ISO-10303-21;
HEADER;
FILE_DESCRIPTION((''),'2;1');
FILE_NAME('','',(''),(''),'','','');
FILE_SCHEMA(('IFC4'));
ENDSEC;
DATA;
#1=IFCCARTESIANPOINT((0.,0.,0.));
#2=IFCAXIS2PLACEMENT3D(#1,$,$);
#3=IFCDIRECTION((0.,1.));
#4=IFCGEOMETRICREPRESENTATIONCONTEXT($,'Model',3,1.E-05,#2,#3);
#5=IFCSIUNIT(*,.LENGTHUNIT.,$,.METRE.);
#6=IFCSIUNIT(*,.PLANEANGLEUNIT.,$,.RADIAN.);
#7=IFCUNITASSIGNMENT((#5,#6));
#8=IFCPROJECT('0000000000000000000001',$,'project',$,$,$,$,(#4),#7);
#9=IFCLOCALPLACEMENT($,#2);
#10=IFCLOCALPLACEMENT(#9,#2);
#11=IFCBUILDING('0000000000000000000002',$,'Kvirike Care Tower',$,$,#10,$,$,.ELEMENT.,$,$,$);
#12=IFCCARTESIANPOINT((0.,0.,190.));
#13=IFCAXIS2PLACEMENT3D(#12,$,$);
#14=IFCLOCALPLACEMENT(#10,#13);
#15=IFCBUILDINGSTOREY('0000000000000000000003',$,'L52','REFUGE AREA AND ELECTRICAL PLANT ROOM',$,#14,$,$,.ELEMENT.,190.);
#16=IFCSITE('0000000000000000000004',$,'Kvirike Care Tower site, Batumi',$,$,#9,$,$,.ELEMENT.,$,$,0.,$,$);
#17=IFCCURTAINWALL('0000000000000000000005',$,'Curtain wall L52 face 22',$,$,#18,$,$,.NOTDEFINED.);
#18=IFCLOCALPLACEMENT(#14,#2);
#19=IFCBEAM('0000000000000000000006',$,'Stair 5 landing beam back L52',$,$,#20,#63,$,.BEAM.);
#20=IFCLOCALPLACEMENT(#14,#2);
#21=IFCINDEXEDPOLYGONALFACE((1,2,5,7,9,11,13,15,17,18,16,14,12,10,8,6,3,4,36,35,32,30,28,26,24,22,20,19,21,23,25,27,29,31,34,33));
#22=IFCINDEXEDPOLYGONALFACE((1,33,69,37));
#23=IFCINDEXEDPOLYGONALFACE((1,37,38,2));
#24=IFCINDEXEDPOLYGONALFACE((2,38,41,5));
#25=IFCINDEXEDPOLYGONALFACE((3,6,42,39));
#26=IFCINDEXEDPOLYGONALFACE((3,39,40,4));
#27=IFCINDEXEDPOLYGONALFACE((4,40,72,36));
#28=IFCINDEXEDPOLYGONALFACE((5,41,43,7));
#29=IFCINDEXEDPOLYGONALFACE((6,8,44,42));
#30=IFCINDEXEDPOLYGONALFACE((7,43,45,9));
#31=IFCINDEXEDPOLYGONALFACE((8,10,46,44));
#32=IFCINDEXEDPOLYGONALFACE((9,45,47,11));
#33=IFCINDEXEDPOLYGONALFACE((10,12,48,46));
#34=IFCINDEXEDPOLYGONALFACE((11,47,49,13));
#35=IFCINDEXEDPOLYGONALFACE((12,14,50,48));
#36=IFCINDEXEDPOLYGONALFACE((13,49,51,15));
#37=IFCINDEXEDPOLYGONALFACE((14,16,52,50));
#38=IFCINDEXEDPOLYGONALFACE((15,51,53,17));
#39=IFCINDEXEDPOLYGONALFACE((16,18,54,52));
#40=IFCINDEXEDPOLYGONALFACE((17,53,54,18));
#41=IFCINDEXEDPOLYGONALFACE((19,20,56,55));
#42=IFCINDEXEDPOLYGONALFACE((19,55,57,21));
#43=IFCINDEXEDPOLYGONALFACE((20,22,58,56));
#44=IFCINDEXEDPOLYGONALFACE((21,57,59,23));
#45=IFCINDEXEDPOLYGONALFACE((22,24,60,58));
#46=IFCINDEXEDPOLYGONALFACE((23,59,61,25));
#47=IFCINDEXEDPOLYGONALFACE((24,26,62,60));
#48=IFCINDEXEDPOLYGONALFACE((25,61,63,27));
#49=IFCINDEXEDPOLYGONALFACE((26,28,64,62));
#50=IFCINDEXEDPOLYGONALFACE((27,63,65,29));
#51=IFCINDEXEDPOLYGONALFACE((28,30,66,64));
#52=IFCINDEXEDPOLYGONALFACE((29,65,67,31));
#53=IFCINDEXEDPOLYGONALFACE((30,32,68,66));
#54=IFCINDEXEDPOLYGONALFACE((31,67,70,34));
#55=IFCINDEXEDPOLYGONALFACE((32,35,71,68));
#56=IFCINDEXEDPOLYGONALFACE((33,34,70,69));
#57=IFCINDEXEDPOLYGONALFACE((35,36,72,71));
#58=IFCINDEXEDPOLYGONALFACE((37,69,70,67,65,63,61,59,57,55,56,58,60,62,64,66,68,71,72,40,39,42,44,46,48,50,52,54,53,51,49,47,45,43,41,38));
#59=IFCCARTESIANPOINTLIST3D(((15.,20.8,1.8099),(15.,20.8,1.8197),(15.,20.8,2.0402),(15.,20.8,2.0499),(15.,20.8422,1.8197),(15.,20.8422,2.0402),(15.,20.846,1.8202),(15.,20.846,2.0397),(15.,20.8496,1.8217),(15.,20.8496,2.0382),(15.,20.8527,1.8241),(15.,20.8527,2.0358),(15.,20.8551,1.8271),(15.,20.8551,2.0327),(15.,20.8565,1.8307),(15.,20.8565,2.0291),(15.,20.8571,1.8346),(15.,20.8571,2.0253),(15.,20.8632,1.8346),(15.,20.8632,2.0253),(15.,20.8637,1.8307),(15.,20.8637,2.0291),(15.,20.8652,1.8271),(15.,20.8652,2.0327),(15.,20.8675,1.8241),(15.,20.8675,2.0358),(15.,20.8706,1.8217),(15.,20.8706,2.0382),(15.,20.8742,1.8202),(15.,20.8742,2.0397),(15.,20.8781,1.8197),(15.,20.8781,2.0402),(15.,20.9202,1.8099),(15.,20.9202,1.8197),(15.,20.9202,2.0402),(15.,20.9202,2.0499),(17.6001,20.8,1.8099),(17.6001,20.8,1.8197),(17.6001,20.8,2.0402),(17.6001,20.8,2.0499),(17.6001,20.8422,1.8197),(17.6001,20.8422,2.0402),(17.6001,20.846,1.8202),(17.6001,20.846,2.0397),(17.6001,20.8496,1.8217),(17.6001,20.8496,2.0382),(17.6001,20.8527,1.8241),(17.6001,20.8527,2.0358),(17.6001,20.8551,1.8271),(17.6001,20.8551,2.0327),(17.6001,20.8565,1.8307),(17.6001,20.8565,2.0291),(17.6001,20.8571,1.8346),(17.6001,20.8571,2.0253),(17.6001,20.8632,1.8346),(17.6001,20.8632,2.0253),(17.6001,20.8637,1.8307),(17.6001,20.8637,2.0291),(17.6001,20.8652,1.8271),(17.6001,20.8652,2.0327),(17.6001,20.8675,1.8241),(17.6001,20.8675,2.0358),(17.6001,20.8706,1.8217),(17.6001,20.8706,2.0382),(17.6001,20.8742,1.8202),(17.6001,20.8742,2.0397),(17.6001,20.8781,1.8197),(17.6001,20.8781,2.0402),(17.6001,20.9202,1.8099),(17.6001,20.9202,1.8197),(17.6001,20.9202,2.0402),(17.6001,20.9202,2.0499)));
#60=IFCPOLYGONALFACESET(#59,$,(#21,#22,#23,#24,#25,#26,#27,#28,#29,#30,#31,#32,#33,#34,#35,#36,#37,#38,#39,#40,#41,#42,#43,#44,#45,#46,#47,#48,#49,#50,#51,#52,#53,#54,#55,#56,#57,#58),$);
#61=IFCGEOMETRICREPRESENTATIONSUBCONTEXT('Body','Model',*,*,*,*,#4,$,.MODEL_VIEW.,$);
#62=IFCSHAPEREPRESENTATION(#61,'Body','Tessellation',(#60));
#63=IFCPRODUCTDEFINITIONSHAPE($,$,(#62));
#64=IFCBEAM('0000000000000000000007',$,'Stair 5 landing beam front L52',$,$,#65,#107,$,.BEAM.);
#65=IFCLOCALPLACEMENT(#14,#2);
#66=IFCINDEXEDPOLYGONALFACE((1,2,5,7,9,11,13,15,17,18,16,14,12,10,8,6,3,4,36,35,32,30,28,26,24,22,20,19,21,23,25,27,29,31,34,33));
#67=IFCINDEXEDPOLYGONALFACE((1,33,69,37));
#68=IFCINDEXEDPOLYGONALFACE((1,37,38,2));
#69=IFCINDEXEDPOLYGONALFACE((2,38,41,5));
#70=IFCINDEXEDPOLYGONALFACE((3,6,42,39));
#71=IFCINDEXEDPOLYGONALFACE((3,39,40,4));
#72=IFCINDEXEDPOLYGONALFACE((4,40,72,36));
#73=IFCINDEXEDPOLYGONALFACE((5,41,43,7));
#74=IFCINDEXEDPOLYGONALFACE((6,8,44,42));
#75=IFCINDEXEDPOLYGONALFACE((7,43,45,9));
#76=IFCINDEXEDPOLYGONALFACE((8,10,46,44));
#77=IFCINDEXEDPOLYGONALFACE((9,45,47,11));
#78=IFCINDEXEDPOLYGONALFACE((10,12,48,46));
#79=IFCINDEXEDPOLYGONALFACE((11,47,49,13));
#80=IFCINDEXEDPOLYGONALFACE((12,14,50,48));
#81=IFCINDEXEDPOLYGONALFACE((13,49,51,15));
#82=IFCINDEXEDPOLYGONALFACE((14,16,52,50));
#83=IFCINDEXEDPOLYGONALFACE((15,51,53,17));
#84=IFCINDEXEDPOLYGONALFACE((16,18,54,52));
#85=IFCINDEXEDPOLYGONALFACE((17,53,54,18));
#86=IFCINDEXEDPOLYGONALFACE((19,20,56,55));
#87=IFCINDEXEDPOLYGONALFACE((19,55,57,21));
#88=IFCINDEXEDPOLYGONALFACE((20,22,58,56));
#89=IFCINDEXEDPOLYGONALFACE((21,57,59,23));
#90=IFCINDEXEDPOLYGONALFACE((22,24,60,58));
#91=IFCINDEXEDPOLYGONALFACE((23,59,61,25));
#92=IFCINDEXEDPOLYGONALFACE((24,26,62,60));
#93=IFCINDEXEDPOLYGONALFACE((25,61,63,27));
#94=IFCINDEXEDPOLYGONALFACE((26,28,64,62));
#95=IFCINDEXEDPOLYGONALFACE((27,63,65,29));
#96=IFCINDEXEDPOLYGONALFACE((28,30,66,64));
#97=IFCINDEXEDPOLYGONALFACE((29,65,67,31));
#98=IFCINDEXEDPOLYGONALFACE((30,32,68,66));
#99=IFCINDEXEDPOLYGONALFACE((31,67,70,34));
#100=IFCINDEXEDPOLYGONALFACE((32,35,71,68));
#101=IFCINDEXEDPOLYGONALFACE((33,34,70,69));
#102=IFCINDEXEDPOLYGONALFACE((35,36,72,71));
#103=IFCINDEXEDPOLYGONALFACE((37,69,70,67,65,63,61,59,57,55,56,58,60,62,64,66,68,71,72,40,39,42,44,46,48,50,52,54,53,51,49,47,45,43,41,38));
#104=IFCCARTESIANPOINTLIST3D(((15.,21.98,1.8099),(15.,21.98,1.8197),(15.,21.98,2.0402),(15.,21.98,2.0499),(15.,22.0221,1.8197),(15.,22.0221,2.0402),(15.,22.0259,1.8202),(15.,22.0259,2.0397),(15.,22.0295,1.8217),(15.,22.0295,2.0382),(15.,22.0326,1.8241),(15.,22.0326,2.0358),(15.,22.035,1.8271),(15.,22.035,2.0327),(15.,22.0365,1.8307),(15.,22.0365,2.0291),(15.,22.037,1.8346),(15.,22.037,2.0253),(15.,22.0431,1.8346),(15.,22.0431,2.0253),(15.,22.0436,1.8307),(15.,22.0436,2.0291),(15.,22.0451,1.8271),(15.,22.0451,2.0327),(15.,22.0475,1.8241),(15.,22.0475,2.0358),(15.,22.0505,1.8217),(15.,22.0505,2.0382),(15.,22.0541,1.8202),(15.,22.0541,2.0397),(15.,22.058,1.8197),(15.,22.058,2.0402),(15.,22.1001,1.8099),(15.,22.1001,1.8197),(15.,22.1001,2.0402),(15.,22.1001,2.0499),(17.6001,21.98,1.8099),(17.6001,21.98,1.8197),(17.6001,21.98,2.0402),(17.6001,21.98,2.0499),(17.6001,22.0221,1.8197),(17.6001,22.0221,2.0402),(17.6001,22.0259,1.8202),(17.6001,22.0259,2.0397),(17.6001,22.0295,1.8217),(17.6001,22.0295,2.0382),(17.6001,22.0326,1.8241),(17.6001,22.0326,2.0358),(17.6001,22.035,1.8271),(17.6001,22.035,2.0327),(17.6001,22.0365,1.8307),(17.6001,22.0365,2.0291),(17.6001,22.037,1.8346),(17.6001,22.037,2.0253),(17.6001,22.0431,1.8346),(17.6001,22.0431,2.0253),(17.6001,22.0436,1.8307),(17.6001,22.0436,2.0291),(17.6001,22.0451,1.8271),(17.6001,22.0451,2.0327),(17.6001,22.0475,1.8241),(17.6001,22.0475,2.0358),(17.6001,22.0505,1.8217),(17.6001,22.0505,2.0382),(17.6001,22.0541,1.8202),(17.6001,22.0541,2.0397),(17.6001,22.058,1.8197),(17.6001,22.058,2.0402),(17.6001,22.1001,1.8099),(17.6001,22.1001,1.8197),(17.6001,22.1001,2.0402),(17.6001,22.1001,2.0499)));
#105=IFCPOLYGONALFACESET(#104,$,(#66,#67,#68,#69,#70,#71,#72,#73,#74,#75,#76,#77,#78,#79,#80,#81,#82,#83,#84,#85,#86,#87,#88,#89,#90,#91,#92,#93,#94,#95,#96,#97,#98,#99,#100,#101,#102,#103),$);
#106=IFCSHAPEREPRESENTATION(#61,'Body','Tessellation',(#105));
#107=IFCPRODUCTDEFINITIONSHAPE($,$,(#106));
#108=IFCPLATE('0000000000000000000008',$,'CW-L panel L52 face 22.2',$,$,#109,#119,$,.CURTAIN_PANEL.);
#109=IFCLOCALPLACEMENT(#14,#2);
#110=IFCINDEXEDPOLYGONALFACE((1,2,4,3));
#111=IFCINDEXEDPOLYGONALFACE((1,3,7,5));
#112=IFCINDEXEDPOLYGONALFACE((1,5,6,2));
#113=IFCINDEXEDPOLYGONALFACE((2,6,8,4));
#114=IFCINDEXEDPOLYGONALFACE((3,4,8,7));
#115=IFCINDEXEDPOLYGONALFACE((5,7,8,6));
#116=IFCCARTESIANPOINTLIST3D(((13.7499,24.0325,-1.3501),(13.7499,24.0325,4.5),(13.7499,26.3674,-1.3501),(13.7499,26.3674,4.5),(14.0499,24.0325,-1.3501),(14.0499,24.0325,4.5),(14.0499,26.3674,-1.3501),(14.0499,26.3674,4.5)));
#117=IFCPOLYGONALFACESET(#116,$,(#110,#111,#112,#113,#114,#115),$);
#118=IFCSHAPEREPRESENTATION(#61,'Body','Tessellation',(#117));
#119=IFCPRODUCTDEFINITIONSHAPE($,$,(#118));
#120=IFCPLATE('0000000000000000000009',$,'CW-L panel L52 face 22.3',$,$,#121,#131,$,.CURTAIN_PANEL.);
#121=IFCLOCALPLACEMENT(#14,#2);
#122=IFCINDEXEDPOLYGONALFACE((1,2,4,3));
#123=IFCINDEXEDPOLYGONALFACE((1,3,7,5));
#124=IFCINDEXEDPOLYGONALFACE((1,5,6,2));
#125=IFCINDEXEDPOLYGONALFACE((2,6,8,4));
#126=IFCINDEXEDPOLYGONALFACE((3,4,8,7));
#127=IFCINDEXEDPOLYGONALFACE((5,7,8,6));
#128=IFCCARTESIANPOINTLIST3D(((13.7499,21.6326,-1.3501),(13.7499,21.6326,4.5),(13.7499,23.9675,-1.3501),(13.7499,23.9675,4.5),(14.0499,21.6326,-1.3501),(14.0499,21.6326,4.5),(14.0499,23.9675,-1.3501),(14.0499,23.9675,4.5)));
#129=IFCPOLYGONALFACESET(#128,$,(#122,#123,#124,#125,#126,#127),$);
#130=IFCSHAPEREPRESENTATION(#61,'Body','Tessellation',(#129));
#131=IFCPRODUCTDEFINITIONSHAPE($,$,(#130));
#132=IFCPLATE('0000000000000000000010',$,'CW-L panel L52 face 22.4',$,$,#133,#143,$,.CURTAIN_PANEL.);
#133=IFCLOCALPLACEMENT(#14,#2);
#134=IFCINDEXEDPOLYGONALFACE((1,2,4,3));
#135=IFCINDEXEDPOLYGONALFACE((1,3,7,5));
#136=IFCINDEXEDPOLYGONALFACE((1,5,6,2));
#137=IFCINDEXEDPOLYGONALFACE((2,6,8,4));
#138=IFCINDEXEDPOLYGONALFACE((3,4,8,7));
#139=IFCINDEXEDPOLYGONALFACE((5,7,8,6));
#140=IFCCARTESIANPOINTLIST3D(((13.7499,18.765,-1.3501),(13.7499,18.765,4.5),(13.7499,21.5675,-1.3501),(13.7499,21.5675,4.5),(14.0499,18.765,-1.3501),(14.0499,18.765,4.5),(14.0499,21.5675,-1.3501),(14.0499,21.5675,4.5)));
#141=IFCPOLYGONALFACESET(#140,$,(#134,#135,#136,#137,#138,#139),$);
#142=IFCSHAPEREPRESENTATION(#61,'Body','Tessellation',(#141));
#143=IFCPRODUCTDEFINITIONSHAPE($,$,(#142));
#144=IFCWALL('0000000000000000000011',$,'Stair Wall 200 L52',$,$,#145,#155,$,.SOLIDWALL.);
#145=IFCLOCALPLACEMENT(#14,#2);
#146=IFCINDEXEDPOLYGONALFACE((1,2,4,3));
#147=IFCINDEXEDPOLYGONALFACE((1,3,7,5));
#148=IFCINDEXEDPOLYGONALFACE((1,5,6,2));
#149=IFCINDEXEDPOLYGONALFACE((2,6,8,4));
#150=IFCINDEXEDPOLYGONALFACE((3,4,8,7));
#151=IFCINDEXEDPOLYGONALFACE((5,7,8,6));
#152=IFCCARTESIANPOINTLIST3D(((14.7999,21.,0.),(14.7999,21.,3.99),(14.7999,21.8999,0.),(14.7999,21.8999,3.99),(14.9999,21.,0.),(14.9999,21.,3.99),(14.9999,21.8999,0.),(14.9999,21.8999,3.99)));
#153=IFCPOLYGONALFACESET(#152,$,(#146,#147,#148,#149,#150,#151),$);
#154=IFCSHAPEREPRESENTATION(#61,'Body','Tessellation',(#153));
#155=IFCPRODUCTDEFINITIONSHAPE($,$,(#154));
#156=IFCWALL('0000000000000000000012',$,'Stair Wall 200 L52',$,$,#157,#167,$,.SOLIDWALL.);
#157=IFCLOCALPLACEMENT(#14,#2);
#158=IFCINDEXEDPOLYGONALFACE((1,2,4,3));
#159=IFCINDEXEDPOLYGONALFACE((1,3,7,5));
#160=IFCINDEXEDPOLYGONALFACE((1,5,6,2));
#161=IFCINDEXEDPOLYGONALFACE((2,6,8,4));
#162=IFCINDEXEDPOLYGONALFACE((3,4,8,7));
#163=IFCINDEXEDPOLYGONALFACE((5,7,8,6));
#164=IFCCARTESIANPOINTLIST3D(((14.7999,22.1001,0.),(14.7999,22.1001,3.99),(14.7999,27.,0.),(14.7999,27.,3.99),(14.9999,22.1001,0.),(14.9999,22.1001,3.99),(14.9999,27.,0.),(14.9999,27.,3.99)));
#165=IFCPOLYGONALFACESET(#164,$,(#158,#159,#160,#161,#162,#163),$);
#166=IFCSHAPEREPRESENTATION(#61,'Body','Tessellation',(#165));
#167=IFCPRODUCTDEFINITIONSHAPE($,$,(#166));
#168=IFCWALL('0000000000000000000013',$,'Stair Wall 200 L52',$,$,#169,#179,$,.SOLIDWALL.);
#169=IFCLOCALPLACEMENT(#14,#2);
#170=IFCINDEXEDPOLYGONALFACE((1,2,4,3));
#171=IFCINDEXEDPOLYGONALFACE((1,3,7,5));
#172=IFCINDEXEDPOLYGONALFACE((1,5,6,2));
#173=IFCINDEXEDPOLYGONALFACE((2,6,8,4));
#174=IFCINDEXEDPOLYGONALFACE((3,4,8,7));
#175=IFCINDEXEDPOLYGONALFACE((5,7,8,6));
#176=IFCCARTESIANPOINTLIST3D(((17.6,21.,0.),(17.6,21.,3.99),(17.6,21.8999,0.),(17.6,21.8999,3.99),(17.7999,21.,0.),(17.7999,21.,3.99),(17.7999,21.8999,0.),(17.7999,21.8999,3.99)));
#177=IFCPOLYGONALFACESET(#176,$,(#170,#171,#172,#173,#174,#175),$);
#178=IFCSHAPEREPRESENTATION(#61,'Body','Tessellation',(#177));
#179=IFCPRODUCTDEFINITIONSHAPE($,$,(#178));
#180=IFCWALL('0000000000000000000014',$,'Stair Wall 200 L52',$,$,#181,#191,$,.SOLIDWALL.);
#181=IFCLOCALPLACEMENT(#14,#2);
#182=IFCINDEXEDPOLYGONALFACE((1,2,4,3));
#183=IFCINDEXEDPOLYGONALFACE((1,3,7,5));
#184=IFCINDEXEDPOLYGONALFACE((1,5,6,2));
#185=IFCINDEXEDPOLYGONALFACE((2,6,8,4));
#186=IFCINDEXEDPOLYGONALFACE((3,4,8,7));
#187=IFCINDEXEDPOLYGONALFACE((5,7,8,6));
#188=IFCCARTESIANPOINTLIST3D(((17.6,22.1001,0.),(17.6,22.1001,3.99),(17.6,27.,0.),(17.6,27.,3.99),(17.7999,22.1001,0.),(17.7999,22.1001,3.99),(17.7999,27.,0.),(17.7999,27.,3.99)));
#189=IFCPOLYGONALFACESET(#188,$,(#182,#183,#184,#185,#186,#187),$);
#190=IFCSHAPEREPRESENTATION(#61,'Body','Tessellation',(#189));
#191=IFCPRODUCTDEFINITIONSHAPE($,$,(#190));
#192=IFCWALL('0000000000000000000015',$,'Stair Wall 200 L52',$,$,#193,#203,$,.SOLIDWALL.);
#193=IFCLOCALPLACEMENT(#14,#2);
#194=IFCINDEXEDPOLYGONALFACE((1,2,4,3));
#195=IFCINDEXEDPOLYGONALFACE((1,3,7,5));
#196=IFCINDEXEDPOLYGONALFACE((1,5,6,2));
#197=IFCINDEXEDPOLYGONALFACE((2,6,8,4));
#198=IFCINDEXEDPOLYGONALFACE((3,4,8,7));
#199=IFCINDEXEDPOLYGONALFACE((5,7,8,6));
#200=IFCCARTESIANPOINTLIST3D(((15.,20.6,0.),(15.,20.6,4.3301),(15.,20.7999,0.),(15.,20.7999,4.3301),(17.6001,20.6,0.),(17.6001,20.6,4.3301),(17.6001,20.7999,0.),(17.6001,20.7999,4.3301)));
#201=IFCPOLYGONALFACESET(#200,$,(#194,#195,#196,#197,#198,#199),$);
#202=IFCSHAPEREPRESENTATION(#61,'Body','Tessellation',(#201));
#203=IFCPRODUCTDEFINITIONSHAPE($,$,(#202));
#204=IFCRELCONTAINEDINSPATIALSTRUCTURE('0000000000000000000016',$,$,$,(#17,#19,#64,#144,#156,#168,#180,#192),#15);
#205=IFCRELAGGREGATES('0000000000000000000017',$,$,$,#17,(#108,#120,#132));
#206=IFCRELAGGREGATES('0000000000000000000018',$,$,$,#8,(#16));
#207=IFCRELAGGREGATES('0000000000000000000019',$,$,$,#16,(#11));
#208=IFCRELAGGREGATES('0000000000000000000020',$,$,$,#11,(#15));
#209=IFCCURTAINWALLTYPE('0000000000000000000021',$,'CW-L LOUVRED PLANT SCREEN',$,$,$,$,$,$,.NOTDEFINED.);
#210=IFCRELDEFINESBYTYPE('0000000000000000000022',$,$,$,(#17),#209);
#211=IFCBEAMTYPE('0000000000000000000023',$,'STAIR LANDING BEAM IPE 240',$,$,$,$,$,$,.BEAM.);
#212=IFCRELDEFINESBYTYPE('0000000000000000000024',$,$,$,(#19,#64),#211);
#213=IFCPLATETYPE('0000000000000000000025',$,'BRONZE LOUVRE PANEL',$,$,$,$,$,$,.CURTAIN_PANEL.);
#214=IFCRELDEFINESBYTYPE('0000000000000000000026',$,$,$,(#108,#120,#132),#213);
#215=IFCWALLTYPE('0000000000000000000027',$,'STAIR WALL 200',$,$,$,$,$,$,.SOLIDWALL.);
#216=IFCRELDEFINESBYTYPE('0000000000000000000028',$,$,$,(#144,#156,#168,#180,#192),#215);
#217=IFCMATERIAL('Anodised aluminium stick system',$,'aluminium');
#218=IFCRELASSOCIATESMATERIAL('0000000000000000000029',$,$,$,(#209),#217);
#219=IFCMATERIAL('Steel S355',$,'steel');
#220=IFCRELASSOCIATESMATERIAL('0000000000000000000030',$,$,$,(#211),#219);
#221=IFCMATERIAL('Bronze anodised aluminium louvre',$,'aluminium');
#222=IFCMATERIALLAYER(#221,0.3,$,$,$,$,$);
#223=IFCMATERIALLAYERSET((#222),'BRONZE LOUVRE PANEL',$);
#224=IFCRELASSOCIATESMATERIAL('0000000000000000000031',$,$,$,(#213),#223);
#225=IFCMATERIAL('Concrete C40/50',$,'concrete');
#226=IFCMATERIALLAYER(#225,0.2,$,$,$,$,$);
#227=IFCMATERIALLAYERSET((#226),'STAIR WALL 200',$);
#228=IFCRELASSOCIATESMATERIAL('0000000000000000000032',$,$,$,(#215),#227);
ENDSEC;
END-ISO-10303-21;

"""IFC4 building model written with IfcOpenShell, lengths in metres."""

from ifc_helpers import new_model, si_unit, direction, frame, frame_2d, origin, origin_2d, place, context, subcontext, project, spatial, rectangle, i_section, extrude, material, layer, layer_set, material_profile, profile_set, type_object, element, aggregate, save


model = new_model("IFC4")

# Units and contexts
model_context = context("Model", 3, precision=1e-05, world=origin(), true_north=direction((0.0, 1.0)))
body_context = subcontext(model_context, "Body", "Model", "MODEL_VIEW")
ifc_project = project(units=[si_unit("LENGTHUNIT", "METRE"), si_unit("PLANEANGLEUNIT", "RADIAN")], contexts=[model_context])

# Site, building, storey
site_placement = place(None, origin())
site = spatial("IfcSite", under=ifc_project, at=site_placement, Name="Kvirike Care Tower site, Batumi", CompositionType="ELEMENT", RefElevation=0.0)
building_placement = place(site_placement, origin())
building = spatial("IfcBuilding", under=site, at=building_placement, Name="Kvirike Care Tower", CompositionType="ELEMENT")
storey_placement = place(building_placement, frame((0.0, 0.0, 190.0)))
storey = spatial("IfcBuildingStorey", under=building, at=storey_placement, Name="L52", Description="REFUGE AREA AND ELECTRICAL PLANT ROOM", CompositionType="ELEMENT", Elevation=190.0)

# Curtain wall
ifc_material_1 = material(Name="Anodised aluminium stick system", Category="aluminium")
curtain_wall_type = type_object("IfcCurtainWallType", Name="CW-L LOUVRED PLANT SCREEN", PredefinedType="NOTDEFINED", material=ifc_material_1)
curtain_wall_placement = place(storey_placement, origin())
curtain_wall = element("IfcCurtainWall", 1, at=curtain_wall_placement, inside=storey, type_object=curtain_wall_type, Name="Curtain wall L52 face 22", PredefinedType="NOTDEFINED")

# Beams
ifc_material_2 = material(Name="Steel S355", Category="steel")
ifc_material_profile_1 = material_profile(ifc_material_2, i_section(OverallWidth=0.1201, OverallDepth=0.24, WebThickness=0.0061, FlangeThickness=0.0098, FilletRadius=0.0149, at=origin_2d()), Name="IPE 240")
ifc_profile_set_1 = profile_set([ifc_material_profile_1], Name="Steel S355")
beam_type_1 = type_object("IfcBeamType", Name="STAIR LANDING BEAM IPE 240", PredefinedType="BEAM", material=ifc_profile_set_1)
for number, where, z_axis, x_axis, name in (
    (2, (15.0, 20.8601, 1.9299), (1.0, 0.0, 0.0), (0.0, 1.0, 0.0), "Stair 5 landing beam back L52"),
    (3, (15.0, 22.04, 1.9299), (1.0, 0.0, 0.0), (0.0, 1.0, 0.0), "Stair 5 landing beam front L52"),
):
    element("IfcBeam", number, at=place(storey_placement, frame(where, z_axis=z_axis, x_axis=x_axis)), inside=storey, type_object=beam_type_1, Name=name, PredefinedType="BEAM", context=body_context, shape_type="SweptSolid", body=[
        extrude(i_section(OverallWidth=0.1201, OverallDepth=0.24, WebThickness=0.0061, FlangeThickness=0.0098, FilletRadius=0.0149, at=origin_2d()), origin(), (0.0, 0.0, 1.0), 2.6001),
    ])

# Plates
ifc_material_3 = material(Name="Bronze anodised aluminium louvre", Category="aluminium")
ifc_layer_1 = layer(ifc_material_3, 0.3)
ifc_layer_set_1 = layer_set([ifc_layer_1], Name="BRONZE LOUVRE PANEL")
plate_type = type_object("IfcPlateType", Name="BRONZE LOUVRE PANEL", PredefinedType="CURTAIN_PANEL", material=ifc_layer_set_1)
plate_1_placement = place(storey_placement, frame((13.8999, 25.2, -1.3501), z_axis=(0.0, 0.0, 1.0), x_axis=(0.0, -1.0, 0.0)))
plate_1 = element("IfcPlate", 4, at=plate_1_placement, type_object=plate_type, Name="CW-L panel L52 face 22.2", PredefinedType="CURTAIN_PANEL", context=body_context, shape_type="SweptSolid", body=[
    extrude(rectangle(XDim=2.335, YDim=0.3, at=origin_2d()), origin(), (0.0, 0.0, 1.0), 5.8501),
])
plate_2_placement = place(storey_placement, frame((13.8999, 22.8, -1.3501), z_axis=(0.0, 0.0, 1.0), x_axis=(0.0, -1.0, 0.0)))
plate_2 = element("IfcPlate", 5, at=plate_2_placement, type_object=plate_type, Name="CW-L panel L52 face 22.3", PredefinedType="CURTAIN_PANEL", context=body_context, shape_type="SweptSolid", body=[
    extrude(rectangle(XDim=2.335, YDim=0.3, at=origin_2d()), origin(), (0.0, 0.0, 1.0), 5.8501),
])
plate_3_placement = place(storey_placement, frame((13.8999, 20.1663, -1.3501), z_axis=(0.0, 0.0, 1.0), x_axis=(0.0, -1.0, 0.0)))
plate_3 = element("IfcPlate", 6, at=plate_3_placement, type_object=plate_type, Name="CW-L panel L52 face 22.4", PredefinedType="CURTAIN_PANEL", context=body_context, shape_type="SweptSolid", body=[
    extrude(rectangle(XDim=2.8025, YDim=0.3, at=origin_2d()), origin(), (0.0, 0.0, 1.0), 5.8501),
])
aggregate(curtain_wall, [plate_1, plate_2, plate_3])

# Walls
ifc_material_4 = material(Name="Concrete C40/50", Category="concrete")
ifc_layer_2 = layer(ifc_material_4, 0.2)
ifc_layer_set_2 = layer_set([ifc_layer_2], Name="STAIR WALL 200")
wall_type = type_object("IfcWallType", Name="STAIR WALL 200", PredefinedType="SOLIDWALL", material=ifc_layer_set_2)
wall_1_placement = place(storey_placement, frame((14.8999, 21.0, 0.0), z_axis=(0.0, 0.0, 1.0), x_axis=(0.0, 1.0, 0.0)))
element("IfcWall", 7, at=wall_1_placement, inside=storey, type_object=wall_type, Name="Stair Wall 200 L52", PredefinedType="SOLIDWALL", context=body_context, shape_type="SweptSolid", body=[
    extrude(rectangle(XDim=0.8999, YDim=0.2, at=frame_2d((0.45, 0.0))), origin(), (0.0, 0.0, 1.0), 3.99),
])
wall_2_placement = place(storey_placement, frame((14.8999, 22.1001, 0.0), z_axis=(0.0, 0.0, 1.0), x_axis=(0.0, 1.0, 0.0)))
element("IfcWall", 8, at=wall_2_placement, inside=storey, type_object=wall_type, Name="Stair Wall 200 L52", PredefinedType="SOLIDWALL", context=body_context, shape_type="SweptSolid", body=[
    extrude(rectangle(XDim=4.8999, YDim=0.2, at=frame_2d((2.45, 0.0))), origin(), (0.0, 0.0, 1.0), 3.99),
])
wall_3_placement = place(storey_placement, frame((17.7, 21.0, 0.0), z_axis=(0.0, 0.0, 1.0), x_axis=(0.0, 1.0, 0.0)))
element("IfcWall", 9, at=wall_3_placement, inside=storey, type_object=wall_type, Name="Stair Wall 200 L52", PredefinedType="SOLIDWALL", context=body_context, shape_type="SweptSolid", body=[
    extrude(rectangle(XDim=0.8999, YDim=0.2, at=frame_2d((0.45, 0.0))), origin(), (0.0, 0.0, 1.0), 3.99),
])
wall_4_placement = place(storey_placement, frame((17.7, 22.1001, 0.0), z_axis=(0.0, 0.0, 1.0), x_axis=(0.0, 1.0, 0.0)))
element("IfcWall", 10, at=wall_4_placement, inside=storey, type_object=wall_type, Name="Stair Wall 200 L52", PredefinedType="SOLIDWALL", context=body_context, shape_type="SweptSolid", body=[
    extrude(rectangle(XDim=4.8999, YDim=0.2, at=frame_2d((2.45, 0.0))), origin(), (0.0, 0.0, 1.0), 3.99),
])
wall_5_placement = place(storey_placement, frame((15.0, 20.7, 0.0), z_axis=(0.0, 0.0, 1.0), x_axis=(1.0, 0.0, 0.0)))
element("IfcWall", 11, at=wall_5_placement, inside=storey, type_object=wall_type, Name="Stair Wall 200 L52", PredefinedType="SOLIDWALL", context=body_context, shape_type="SweptSolid", body=[
    extrude(rectangle(XDim=2.6001, YDim=0.2, at=frame_2d((1.3, 0.0))), origin(), (0.0, 0.0, 1.0), 4.3301),
])

save(model, "model.ifc")
